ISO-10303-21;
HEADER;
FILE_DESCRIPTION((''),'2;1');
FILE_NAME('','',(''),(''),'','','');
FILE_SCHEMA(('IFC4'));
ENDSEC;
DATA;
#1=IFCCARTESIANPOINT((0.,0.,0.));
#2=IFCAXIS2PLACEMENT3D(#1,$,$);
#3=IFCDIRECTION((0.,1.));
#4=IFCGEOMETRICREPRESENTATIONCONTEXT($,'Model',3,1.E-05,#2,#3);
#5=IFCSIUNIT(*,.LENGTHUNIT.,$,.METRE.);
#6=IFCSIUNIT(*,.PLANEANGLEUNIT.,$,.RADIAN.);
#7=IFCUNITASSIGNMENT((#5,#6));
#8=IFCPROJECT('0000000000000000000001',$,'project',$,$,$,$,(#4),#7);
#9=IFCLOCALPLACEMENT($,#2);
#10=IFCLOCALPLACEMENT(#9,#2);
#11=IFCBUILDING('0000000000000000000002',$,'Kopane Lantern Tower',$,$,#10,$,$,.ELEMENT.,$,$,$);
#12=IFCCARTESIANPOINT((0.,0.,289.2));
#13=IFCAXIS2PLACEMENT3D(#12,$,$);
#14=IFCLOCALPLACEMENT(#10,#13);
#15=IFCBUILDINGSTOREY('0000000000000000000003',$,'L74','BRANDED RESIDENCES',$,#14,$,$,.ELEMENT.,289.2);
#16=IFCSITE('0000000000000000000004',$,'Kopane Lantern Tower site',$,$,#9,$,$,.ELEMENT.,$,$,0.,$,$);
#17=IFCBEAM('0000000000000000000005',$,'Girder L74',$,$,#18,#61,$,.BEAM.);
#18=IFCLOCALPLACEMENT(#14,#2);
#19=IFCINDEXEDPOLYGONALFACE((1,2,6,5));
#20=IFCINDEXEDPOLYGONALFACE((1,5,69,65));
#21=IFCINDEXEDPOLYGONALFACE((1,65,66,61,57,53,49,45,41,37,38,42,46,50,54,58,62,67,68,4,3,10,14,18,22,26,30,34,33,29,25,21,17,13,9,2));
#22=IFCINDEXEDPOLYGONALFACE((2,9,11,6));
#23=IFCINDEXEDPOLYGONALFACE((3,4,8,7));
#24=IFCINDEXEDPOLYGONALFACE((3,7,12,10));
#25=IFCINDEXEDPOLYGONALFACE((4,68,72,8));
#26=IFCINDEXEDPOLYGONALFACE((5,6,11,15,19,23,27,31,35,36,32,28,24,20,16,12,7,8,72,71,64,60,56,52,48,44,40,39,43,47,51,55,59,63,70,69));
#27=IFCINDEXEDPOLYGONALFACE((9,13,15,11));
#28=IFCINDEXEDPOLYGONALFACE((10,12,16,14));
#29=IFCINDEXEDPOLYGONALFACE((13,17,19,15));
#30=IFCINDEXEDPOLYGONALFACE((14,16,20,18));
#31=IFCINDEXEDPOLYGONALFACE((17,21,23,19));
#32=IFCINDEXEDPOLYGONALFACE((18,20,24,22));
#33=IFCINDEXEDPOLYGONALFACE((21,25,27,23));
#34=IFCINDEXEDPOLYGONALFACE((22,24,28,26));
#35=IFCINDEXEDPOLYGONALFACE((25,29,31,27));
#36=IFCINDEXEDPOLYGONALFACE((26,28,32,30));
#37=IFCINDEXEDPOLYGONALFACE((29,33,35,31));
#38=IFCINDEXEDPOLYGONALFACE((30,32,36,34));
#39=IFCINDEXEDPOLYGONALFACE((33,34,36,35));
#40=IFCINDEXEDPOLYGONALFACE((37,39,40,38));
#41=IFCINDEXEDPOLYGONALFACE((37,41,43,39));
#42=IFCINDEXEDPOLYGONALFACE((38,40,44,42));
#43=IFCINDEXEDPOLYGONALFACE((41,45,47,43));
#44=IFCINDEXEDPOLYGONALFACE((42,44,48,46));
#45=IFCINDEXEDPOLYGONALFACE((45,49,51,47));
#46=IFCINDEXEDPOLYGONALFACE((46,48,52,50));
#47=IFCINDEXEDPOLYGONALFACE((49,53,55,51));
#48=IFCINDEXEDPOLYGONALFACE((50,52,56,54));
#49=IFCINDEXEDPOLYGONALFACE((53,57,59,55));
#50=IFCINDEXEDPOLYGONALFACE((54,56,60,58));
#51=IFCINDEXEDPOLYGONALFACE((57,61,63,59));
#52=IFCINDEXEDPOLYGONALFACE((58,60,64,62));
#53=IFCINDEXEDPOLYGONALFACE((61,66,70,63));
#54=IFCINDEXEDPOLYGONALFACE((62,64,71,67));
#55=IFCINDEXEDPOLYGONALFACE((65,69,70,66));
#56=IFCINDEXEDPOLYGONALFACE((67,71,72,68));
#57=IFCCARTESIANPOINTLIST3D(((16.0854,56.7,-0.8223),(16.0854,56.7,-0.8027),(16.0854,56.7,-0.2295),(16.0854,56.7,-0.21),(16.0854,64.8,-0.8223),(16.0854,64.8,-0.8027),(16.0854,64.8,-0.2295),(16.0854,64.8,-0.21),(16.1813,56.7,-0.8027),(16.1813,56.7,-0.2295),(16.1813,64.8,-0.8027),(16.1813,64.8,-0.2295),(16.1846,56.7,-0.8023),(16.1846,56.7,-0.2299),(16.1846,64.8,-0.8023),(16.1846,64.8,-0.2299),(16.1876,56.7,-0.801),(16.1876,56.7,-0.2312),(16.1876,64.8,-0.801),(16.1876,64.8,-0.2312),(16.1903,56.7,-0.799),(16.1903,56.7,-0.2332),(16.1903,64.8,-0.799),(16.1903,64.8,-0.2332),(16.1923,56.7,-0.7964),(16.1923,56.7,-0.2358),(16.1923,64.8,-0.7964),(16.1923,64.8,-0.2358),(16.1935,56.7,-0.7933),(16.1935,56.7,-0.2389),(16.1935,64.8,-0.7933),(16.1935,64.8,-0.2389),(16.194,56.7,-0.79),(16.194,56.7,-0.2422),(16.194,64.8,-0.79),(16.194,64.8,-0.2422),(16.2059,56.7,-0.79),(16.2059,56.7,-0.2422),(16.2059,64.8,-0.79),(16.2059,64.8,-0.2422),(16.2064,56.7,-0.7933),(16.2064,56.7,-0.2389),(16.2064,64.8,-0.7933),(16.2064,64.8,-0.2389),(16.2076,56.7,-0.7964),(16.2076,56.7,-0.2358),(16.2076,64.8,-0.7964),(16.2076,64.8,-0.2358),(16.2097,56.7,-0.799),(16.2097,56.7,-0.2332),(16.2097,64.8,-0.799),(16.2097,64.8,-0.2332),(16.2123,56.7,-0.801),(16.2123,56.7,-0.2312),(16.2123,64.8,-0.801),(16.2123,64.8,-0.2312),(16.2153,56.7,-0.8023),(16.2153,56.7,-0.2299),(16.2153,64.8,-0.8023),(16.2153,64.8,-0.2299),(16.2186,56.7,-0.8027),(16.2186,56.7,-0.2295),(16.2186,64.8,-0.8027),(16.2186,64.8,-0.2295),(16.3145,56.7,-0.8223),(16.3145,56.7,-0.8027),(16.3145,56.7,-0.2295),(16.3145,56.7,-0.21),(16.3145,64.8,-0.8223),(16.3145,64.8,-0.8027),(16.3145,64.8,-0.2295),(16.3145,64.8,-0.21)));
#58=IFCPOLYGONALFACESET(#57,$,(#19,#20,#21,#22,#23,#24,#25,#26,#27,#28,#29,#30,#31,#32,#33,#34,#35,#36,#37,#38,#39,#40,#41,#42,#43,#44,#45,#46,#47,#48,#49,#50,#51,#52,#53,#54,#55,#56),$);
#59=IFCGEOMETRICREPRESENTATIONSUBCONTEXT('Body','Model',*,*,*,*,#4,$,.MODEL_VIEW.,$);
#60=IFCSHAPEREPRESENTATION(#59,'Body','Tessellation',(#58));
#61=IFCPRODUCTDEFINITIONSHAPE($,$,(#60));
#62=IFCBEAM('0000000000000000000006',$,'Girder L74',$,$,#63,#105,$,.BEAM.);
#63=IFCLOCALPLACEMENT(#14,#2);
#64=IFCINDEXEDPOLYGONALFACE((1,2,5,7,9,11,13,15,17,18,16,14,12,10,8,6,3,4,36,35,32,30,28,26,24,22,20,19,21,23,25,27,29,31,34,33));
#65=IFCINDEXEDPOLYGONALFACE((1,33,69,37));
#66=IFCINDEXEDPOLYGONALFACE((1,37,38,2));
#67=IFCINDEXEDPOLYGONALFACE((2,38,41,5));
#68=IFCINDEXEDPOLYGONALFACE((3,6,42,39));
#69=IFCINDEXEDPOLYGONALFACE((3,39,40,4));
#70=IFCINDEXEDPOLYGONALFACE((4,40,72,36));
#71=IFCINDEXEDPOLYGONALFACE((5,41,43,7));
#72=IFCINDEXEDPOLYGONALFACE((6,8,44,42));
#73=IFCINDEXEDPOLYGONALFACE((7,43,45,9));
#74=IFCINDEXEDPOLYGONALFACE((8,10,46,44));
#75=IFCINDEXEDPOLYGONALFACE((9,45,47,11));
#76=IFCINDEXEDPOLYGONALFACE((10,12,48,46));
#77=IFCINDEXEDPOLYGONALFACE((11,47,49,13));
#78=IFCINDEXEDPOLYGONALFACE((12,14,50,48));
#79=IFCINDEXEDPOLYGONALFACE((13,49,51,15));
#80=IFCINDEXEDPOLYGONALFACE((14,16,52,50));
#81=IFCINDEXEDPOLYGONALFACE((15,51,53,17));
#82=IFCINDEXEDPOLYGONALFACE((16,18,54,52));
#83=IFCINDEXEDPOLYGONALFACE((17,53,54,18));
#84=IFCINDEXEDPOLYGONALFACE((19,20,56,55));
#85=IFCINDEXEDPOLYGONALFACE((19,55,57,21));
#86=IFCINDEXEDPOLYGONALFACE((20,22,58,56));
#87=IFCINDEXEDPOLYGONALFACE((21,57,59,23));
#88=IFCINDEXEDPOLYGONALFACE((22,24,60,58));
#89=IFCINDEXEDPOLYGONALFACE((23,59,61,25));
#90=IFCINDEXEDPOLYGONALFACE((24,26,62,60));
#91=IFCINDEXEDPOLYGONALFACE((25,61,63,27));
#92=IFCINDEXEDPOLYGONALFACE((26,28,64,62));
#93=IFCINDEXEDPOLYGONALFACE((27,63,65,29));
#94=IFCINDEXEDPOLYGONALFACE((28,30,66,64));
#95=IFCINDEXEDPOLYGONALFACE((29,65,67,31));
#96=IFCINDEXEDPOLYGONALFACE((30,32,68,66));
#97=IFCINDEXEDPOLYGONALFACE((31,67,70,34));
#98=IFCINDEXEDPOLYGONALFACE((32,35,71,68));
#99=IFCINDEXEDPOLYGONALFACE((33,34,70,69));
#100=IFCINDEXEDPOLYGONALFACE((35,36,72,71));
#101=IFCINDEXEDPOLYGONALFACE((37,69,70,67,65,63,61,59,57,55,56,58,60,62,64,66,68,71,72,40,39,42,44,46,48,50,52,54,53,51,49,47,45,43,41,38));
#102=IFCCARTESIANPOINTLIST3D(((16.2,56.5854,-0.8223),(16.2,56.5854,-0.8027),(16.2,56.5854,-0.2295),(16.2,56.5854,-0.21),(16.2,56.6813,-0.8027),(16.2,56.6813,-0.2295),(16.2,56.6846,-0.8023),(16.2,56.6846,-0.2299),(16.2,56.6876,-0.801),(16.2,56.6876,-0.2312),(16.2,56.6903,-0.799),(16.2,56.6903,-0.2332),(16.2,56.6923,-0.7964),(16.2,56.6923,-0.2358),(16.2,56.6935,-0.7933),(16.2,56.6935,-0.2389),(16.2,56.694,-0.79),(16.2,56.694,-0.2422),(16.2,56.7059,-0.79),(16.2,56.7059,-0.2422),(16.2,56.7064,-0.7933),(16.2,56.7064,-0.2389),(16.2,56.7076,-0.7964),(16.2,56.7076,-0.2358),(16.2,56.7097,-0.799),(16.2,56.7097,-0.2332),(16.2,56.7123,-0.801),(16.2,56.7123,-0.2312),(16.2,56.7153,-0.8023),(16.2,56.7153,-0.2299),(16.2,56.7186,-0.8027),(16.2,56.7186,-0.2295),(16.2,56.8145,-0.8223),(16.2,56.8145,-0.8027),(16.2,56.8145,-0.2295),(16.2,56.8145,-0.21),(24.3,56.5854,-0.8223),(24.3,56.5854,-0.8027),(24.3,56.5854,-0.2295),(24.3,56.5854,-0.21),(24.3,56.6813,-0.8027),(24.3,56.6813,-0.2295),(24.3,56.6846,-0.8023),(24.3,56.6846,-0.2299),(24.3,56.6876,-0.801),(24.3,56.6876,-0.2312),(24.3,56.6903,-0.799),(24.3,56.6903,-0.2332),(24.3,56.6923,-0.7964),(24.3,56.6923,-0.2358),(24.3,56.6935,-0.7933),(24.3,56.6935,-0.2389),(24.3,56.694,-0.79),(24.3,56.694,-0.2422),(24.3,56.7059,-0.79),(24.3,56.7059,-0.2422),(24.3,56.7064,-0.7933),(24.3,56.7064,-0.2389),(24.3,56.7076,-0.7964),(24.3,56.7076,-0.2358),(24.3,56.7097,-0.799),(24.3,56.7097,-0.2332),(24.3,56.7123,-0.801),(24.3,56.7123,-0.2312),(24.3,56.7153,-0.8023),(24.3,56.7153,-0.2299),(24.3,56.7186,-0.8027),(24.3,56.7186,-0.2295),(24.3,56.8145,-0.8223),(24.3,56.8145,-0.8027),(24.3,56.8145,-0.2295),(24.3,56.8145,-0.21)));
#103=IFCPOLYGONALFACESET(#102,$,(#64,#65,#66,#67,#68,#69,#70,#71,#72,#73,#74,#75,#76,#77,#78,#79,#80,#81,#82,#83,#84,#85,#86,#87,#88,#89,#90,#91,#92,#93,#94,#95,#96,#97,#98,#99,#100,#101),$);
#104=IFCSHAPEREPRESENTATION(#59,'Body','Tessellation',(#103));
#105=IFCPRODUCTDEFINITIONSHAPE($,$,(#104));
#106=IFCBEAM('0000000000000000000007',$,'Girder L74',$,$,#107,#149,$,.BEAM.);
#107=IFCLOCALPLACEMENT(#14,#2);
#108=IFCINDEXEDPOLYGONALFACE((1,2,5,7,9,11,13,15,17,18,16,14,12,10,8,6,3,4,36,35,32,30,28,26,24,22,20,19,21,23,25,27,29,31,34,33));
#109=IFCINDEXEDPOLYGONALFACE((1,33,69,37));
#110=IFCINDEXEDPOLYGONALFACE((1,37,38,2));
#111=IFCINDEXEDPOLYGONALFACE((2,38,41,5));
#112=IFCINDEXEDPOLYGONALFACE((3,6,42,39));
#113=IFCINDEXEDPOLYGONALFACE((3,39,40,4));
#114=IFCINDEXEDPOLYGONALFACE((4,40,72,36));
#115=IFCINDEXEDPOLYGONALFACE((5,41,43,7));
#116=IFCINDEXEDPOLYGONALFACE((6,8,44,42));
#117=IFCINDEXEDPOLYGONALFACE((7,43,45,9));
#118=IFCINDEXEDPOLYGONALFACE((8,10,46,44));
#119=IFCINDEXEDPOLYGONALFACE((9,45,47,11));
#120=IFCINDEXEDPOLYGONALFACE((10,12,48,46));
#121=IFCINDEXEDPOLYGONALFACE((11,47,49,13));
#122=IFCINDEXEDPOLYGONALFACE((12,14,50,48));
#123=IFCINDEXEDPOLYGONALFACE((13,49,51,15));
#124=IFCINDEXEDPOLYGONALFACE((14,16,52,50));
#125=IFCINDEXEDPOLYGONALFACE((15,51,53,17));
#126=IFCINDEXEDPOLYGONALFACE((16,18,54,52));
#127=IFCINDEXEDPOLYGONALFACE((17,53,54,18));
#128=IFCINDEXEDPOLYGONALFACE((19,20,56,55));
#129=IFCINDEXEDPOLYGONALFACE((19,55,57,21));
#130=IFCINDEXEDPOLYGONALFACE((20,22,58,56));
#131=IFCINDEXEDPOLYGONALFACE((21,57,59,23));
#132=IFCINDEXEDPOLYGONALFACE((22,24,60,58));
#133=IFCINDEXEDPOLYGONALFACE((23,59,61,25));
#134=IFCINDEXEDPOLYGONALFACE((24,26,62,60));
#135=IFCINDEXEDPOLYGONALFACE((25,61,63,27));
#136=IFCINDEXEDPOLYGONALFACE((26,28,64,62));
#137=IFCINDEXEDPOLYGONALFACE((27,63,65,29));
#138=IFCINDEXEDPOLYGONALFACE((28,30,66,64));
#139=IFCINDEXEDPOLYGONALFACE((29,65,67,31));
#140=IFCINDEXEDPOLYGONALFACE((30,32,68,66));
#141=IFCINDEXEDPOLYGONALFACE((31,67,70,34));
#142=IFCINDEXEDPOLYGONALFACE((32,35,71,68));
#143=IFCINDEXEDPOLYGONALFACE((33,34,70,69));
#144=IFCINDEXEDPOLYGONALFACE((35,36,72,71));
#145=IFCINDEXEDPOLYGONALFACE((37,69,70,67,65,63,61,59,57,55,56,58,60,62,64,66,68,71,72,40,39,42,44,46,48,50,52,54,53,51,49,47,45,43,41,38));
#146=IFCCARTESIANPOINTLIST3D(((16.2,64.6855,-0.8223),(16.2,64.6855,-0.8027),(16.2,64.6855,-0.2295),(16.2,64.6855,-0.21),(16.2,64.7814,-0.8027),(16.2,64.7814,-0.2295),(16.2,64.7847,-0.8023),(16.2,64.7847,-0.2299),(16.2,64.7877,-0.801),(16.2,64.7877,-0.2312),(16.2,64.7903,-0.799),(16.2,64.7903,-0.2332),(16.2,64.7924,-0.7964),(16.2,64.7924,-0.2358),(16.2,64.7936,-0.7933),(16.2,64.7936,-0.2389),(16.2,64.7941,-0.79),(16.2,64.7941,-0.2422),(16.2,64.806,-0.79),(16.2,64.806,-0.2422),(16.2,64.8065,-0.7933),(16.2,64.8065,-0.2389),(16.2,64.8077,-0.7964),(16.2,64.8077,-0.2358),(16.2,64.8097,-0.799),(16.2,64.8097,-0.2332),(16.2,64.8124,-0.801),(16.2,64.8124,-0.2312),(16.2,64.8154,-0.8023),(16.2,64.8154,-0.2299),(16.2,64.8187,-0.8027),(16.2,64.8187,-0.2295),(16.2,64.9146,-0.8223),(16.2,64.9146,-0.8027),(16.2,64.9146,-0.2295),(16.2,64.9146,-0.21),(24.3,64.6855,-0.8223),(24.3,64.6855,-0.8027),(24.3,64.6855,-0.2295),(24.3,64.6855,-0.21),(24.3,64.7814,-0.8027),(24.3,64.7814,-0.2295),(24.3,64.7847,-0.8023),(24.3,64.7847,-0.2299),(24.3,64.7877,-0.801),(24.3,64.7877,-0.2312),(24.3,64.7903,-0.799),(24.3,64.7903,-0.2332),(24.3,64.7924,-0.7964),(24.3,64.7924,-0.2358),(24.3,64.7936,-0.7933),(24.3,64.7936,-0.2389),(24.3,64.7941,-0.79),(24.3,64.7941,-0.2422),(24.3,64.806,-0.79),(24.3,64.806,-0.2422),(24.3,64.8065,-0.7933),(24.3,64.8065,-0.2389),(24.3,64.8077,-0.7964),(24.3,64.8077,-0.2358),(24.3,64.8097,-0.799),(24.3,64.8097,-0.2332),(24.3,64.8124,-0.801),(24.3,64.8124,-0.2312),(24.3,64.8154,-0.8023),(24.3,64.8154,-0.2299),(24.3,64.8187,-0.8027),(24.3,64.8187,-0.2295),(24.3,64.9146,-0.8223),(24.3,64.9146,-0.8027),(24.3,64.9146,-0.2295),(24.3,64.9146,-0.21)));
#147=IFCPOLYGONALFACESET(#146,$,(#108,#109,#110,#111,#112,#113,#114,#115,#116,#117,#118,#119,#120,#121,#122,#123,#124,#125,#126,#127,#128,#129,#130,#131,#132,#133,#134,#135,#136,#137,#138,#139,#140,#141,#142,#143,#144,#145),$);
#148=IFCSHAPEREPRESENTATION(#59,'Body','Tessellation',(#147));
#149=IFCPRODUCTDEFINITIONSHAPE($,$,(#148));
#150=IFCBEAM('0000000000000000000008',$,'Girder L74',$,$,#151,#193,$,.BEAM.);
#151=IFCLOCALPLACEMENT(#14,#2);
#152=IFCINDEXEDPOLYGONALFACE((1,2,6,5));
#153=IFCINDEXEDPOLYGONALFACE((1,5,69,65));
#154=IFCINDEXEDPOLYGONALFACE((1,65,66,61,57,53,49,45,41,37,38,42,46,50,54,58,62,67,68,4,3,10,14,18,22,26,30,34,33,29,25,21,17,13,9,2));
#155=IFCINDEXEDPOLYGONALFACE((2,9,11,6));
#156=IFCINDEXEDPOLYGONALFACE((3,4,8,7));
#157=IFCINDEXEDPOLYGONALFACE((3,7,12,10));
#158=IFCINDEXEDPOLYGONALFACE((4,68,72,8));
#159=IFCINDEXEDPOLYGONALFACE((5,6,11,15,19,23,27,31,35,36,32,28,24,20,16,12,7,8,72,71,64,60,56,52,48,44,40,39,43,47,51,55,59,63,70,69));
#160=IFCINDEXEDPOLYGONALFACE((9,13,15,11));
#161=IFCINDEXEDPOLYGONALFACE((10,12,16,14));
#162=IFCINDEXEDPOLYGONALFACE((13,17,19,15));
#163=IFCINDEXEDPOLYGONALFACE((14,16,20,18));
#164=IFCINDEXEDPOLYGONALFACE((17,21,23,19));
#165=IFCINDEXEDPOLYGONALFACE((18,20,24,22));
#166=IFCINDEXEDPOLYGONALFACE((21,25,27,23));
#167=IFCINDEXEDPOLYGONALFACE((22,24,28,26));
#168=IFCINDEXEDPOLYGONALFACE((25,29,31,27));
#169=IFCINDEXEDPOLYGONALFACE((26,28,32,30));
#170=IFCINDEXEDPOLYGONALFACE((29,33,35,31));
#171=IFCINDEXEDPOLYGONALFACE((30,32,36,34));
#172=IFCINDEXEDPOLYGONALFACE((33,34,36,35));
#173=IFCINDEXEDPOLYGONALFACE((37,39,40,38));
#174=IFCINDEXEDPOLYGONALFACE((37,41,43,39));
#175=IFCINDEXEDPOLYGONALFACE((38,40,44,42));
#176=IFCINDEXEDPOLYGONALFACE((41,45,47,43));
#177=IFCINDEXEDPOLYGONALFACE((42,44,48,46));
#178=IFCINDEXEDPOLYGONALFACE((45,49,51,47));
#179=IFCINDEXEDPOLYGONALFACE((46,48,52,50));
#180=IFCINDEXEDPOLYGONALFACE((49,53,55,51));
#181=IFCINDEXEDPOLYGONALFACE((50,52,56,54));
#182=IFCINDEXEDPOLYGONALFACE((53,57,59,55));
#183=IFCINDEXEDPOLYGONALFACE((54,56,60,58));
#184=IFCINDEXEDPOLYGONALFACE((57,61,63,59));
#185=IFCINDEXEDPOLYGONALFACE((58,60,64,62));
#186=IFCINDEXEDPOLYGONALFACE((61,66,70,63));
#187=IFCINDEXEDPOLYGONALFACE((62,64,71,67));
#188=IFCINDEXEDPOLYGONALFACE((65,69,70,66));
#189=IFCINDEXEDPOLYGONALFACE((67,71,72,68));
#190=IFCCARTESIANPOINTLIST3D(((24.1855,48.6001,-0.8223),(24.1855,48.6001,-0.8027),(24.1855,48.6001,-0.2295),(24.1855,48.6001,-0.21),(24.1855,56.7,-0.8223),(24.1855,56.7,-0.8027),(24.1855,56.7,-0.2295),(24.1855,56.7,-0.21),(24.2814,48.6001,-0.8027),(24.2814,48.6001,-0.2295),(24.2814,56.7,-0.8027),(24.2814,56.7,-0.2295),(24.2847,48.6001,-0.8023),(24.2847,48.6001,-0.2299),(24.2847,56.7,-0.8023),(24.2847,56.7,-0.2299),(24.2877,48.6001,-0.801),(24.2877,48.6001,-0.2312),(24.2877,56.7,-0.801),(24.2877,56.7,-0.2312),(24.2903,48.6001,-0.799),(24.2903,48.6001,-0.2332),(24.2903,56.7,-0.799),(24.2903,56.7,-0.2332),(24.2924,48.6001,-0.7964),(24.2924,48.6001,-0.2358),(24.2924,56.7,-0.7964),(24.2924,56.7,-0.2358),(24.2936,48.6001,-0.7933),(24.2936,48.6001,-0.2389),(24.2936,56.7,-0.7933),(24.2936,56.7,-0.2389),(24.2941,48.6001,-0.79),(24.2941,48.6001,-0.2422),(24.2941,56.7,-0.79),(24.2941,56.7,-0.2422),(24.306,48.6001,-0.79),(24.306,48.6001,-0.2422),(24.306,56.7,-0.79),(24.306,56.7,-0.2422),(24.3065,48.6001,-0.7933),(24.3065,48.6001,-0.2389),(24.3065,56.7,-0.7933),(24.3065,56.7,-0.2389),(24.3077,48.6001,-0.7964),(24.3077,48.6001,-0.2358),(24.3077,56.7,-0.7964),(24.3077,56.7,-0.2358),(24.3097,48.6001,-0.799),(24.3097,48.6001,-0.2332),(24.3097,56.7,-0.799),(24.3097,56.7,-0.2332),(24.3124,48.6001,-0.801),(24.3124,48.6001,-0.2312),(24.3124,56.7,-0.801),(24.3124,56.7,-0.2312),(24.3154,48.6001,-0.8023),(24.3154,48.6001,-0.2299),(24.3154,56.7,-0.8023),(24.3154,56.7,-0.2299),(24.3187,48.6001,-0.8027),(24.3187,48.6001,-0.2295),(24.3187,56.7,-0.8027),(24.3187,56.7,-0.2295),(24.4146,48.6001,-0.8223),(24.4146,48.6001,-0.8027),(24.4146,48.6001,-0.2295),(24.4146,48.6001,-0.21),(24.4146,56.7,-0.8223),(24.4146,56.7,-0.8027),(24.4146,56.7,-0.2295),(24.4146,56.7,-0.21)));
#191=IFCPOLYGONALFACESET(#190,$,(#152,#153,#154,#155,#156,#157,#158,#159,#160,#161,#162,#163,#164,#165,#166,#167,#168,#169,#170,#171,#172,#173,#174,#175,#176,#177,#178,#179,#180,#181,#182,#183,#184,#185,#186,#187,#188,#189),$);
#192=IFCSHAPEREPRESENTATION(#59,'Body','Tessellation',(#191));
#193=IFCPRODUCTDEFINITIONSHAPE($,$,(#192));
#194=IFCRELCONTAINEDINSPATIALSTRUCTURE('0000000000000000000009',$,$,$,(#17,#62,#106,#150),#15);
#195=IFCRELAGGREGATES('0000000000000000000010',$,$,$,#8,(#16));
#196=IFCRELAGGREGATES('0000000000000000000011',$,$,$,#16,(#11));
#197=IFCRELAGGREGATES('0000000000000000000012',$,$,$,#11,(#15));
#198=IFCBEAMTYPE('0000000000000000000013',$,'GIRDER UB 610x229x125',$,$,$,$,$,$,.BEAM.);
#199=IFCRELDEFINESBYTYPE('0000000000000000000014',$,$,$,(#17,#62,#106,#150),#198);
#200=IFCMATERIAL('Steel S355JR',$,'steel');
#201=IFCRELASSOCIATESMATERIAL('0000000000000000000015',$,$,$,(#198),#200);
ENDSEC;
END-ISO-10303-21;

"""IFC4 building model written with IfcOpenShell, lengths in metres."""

from ifc_helpers import new_model, si_unit, direction, frame, origin, origin_2d, place, context, subcontext, project, spatial, i_section, extrude, material, material_profile, profile_set, type_object, element, save


model = new_model("IFC4")

# Units and contexts
model_context = context("Model", 3, precision=1e-05, world=origin(), true_north=direction((0.0, 1.0)))
body_context = subcontext(model_context, "Body", "Model", "MODEL_VIEW")
ifc_project = project(units=[si_unit("LENGTHUNIT", "METRE"), si_unit("PLANEANGLEUNIT", "RADIAN")], contexts=[model_context])

# Site, building, storey
site_placement = place(None, origin())
site = spatial("IfcSite", under=ifc_project, at=site_placement, Name="Kopane Lantern Tower site", CompositionType="ELEMENT", RefElevation=0.0)
building_placement = place(site_placement, origin())
building = spatial("IfcBuilding", under=site, at=building_placement, Name="Kopane Lantern Tower", CompositionType="ELEMENT")
storey_placement = place(building_placement, frame((0.0, 0.0, 289.2)))
storey = spatial("IfcBuildingStorey", under=building, at=storey_placement, Name="L74", Description="BRANDED RESIDENCES", CompositionType="ELEMENT", Elevation=289.2)

# Beams
ifc_material_1 = material(Name="Steel S355JR", Category="steel")
ifc_material_profile_1 = material_profile(ifc_material_1, i_section(OverallWidth=0.229, OverallDepth=0.6123, WebThickness=0.012, FlangeThickness=0.0195, FilletRadius=0.0127, at=origin_2d()), Name="UB 610x229x125")
ifc_profile_set_1 = profile_set([ifc_material_profile_1], Name="Steel S355JR")
beam_type = type_object("IfcBeamType", Name="GIRDER UB 610x229x125", PredefinedType="BEAM", material=ifc_profile_set_1)
for number, where, z_axis, x_axis, name in (
    (1, (16.2, 56.7, -0.5161), (0.0, 1.0, 0.0), (-1.0, 0.0, 0.0), "Girder L74"),
    (2, (16.2, 56.7, -0.5161), (1.0, 0.0, 0.0), (0.0, 1.0, 0.0), "Girder L74"),
    (3, (16.2, 64.8, -0.5161), (1.0, 0.0, 0.0), (0.0, 1.0, 0.0), "Girder L74"),
):
    element("IfcBeam", number, at=place(storey_placement, frame(where, z_axis=z_axis, x_axis=x_axis)), inside=storey, type_object=beam_type, Name=name, PredefinedType="BEAM", context=body_context, shape_type="SweptSolid", body=[
        extrude(i_section(OverallWidth=0.229, OverallDepth=0.6123, WebThickness=0.012, FlangeThickness=0.0195, FilletRadius=0.0127, at=origin_2d()), origin(), (0.0, 0.0, 1.0), 8.1001),
    ])
for number, where, z_axis, x_axis, name in (
    (4, (24.3, 48.6001, -0.5161), (0.0, 1.0, 0.0), (-1.0, 0.0, 0.0), "Girder L74"),
):
    element("IfcBeam", number, at=place(storey_placement, frame(where, z_axis=z_axis, x_axis=x_axis)), inside=storey, type_object=beam_type, Name=name, PredefinedType="BEAM", context=body_context, shape_type="SweptSolid", body=[
        extrude(i_section(OverallWidth=0.229, OverallDepth=0.6123, WebThickness=0.012, FlangeThickness=0.0195, FilletRadius=0.0127, at=origin_2d()), origin(), (0.0, 0.0, 1.0), 8.0999),
    ])

save(model, "model.ifc")
